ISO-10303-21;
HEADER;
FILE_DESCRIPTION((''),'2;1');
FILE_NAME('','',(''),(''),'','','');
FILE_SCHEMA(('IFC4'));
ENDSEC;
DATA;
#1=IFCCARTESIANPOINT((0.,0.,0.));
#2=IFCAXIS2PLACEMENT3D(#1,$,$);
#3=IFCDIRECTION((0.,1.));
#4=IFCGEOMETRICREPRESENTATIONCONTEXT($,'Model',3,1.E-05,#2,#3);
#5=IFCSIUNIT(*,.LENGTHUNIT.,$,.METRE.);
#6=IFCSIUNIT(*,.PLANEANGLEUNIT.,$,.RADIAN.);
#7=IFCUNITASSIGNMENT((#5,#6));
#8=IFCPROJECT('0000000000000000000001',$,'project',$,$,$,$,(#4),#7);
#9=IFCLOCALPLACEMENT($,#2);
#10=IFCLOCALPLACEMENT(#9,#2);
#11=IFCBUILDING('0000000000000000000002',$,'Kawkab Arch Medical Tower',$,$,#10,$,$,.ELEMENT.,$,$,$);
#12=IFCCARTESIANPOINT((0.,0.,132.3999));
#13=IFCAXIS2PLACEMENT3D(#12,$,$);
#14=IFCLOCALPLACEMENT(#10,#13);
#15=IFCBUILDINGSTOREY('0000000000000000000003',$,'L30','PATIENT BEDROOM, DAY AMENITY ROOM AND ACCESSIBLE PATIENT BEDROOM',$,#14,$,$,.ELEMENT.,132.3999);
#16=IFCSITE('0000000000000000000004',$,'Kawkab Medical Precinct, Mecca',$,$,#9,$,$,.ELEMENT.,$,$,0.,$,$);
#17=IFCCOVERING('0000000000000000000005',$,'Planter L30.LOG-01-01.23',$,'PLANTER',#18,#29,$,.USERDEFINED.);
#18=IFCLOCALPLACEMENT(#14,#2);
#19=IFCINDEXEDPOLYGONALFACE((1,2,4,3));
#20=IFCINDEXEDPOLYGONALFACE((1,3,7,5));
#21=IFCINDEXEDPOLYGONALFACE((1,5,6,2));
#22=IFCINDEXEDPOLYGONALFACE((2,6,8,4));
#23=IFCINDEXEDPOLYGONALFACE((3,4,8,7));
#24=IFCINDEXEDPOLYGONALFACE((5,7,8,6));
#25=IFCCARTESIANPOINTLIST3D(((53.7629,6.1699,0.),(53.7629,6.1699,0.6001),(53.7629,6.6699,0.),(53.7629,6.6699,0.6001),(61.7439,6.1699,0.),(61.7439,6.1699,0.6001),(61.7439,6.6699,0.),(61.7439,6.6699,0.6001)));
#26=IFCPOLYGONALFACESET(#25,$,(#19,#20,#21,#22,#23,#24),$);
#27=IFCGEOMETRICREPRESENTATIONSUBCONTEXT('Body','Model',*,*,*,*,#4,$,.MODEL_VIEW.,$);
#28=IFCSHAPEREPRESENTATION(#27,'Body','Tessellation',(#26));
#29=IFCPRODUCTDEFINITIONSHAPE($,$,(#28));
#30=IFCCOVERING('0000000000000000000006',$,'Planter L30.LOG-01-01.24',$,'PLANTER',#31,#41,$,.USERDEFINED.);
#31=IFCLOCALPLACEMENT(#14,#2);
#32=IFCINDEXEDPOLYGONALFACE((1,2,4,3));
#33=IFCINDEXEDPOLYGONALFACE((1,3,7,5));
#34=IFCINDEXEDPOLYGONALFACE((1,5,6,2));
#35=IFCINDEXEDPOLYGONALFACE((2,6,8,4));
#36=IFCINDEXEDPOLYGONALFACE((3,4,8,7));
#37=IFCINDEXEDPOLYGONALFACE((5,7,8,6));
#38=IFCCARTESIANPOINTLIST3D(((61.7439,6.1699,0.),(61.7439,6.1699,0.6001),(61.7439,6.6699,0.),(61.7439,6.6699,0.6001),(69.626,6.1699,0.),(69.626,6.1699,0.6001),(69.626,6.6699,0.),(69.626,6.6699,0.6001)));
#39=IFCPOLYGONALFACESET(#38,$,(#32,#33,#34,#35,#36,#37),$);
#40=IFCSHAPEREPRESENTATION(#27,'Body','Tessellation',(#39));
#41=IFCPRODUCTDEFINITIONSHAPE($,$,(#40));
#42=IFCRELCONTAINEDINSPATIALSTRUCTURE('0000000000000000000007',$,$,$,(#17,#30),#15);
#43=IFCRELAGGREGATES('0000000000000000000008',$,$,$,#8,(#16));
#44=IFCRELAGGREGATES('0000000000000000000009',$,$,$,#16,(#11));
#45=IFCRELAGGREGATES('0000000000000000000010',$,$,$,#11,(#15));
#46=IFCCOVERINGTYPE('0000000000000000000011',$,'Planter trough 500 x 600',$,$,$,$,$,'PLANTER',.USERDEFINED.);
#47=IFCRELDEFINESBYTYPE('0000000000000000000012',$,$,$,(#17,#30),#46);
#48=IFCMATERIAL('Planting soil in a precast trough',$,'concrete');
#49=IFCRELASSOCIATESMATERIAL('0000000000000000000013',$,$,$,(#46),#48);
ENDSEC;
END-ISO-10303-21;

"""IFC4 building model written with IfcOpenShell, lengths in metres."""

from ifc_helpers import new_model, si_unit, direction, frame, origin, origin_2d, place, context, subcontext, project, spatial, rectangle, extrude, material, material_profile, profile_set, type_object, element, save


model = new_model("IFC4")

# Units and contexts
model_context = context("Model", 3, precision=1e-05, world=origin(), true_north=direction((0.0, 1.0)))
body_context = subcontext(model_context, "Body", "Model", "MODEL_VIEW")
ifc_project = project(units=[si_unit("LENGTHUNIT", "METRE"), si_unit("PLANEANGLEUNIT", "RADIAN")], contexts=[model_context])

# Site, building, storey
site_placement = place(None, origin())
site = spatial("IfcSite", under=ifc_project, at=site_placement, Name="Kawkab Medical Precinct, Mecca", CompositionType="ELEMENT", RefElevation=0.0)
building_placement = place(site_placement, origin())
building = spatial("IfcBuilding", under=site, at=building_placement, Name="Kawkab Arch Medical Tower", CompositionType="ELEMENT")
storey_placement = place(building_placement, frame((0.0, 0.0, 132.3999)))
storey = spatial("IfcBuildingStorey", under=building, at=storey_placement, Name="L30", Description="PATIENT BEDROOM, DAY AMENITY ROOM AND ACCESSIBLE PATIENT BEDROOM", CompositionType="ELEMENT", Elevation=132.3999)

# Coverings
ifc_material_1 = material(Name="Planting soil in a precast trough", Category="concrete")
ifc_material_profile_1 = material_profile(ifc_material_1, rectangle(XDim=0.5, YDim=0.6001, at=origin_2d()), Name="Trough 500x600")
ifc_profile_set_1 = profile_set([ifc_material_profile_1], Name="Planting soil in a precast trough")
covering_type_1 = type_object("IfcCoveringType", Name="Planter trough 500 x 600", ElementType="PLANTER", PredefinedType="USERDEFINED", material=ifc_profile_set_1)
covering_1_placement = place(storey_placement, frame((53.7629, 6.4199, 0.3), z_axis=(1.0, 0.0, 0.0), x_axis=(0.0, 1.0, 0.0)))
element("IfcCovering", 1, at=covering_1_placement, inside=storey, type_object=covering_type_1, Name="Planter L30.LOG-01-01.23", ObjectType="PLANTER", PredefinedType="USERDEFINED", context=body_context, shape_type="SweptSolid", body=[
    extrude(rectangle(XDim=0.5, YDim=0.6001, at=origin_2d()), origin(), (0.0, 0.0, 1.0), 7.981),
])
covering_2_placement = place(storey_placement, frame((61.7439, 6.4199, 0.3), z_axis=(1.0, 0.0, 0.0), x_axis=(0.0, 1.0, 0.0)))
element("IfcCovering", 2, at=covering_2_placement, inside=storey, type_object=covering_type_1, Name="Planter L30.LOG-01-01.24", ObjectType="PLANTER", PredefinedType="USERDEFINED", context=body_context, shape_type="SweptSolid", body=[
    extrude(rectangle(XDim=0.5, YDim=0.6001, at=origin_2d()), origin(), (0.0, 0.0, 1.0), 7.8821),
])

save(model, "model.ifc")
